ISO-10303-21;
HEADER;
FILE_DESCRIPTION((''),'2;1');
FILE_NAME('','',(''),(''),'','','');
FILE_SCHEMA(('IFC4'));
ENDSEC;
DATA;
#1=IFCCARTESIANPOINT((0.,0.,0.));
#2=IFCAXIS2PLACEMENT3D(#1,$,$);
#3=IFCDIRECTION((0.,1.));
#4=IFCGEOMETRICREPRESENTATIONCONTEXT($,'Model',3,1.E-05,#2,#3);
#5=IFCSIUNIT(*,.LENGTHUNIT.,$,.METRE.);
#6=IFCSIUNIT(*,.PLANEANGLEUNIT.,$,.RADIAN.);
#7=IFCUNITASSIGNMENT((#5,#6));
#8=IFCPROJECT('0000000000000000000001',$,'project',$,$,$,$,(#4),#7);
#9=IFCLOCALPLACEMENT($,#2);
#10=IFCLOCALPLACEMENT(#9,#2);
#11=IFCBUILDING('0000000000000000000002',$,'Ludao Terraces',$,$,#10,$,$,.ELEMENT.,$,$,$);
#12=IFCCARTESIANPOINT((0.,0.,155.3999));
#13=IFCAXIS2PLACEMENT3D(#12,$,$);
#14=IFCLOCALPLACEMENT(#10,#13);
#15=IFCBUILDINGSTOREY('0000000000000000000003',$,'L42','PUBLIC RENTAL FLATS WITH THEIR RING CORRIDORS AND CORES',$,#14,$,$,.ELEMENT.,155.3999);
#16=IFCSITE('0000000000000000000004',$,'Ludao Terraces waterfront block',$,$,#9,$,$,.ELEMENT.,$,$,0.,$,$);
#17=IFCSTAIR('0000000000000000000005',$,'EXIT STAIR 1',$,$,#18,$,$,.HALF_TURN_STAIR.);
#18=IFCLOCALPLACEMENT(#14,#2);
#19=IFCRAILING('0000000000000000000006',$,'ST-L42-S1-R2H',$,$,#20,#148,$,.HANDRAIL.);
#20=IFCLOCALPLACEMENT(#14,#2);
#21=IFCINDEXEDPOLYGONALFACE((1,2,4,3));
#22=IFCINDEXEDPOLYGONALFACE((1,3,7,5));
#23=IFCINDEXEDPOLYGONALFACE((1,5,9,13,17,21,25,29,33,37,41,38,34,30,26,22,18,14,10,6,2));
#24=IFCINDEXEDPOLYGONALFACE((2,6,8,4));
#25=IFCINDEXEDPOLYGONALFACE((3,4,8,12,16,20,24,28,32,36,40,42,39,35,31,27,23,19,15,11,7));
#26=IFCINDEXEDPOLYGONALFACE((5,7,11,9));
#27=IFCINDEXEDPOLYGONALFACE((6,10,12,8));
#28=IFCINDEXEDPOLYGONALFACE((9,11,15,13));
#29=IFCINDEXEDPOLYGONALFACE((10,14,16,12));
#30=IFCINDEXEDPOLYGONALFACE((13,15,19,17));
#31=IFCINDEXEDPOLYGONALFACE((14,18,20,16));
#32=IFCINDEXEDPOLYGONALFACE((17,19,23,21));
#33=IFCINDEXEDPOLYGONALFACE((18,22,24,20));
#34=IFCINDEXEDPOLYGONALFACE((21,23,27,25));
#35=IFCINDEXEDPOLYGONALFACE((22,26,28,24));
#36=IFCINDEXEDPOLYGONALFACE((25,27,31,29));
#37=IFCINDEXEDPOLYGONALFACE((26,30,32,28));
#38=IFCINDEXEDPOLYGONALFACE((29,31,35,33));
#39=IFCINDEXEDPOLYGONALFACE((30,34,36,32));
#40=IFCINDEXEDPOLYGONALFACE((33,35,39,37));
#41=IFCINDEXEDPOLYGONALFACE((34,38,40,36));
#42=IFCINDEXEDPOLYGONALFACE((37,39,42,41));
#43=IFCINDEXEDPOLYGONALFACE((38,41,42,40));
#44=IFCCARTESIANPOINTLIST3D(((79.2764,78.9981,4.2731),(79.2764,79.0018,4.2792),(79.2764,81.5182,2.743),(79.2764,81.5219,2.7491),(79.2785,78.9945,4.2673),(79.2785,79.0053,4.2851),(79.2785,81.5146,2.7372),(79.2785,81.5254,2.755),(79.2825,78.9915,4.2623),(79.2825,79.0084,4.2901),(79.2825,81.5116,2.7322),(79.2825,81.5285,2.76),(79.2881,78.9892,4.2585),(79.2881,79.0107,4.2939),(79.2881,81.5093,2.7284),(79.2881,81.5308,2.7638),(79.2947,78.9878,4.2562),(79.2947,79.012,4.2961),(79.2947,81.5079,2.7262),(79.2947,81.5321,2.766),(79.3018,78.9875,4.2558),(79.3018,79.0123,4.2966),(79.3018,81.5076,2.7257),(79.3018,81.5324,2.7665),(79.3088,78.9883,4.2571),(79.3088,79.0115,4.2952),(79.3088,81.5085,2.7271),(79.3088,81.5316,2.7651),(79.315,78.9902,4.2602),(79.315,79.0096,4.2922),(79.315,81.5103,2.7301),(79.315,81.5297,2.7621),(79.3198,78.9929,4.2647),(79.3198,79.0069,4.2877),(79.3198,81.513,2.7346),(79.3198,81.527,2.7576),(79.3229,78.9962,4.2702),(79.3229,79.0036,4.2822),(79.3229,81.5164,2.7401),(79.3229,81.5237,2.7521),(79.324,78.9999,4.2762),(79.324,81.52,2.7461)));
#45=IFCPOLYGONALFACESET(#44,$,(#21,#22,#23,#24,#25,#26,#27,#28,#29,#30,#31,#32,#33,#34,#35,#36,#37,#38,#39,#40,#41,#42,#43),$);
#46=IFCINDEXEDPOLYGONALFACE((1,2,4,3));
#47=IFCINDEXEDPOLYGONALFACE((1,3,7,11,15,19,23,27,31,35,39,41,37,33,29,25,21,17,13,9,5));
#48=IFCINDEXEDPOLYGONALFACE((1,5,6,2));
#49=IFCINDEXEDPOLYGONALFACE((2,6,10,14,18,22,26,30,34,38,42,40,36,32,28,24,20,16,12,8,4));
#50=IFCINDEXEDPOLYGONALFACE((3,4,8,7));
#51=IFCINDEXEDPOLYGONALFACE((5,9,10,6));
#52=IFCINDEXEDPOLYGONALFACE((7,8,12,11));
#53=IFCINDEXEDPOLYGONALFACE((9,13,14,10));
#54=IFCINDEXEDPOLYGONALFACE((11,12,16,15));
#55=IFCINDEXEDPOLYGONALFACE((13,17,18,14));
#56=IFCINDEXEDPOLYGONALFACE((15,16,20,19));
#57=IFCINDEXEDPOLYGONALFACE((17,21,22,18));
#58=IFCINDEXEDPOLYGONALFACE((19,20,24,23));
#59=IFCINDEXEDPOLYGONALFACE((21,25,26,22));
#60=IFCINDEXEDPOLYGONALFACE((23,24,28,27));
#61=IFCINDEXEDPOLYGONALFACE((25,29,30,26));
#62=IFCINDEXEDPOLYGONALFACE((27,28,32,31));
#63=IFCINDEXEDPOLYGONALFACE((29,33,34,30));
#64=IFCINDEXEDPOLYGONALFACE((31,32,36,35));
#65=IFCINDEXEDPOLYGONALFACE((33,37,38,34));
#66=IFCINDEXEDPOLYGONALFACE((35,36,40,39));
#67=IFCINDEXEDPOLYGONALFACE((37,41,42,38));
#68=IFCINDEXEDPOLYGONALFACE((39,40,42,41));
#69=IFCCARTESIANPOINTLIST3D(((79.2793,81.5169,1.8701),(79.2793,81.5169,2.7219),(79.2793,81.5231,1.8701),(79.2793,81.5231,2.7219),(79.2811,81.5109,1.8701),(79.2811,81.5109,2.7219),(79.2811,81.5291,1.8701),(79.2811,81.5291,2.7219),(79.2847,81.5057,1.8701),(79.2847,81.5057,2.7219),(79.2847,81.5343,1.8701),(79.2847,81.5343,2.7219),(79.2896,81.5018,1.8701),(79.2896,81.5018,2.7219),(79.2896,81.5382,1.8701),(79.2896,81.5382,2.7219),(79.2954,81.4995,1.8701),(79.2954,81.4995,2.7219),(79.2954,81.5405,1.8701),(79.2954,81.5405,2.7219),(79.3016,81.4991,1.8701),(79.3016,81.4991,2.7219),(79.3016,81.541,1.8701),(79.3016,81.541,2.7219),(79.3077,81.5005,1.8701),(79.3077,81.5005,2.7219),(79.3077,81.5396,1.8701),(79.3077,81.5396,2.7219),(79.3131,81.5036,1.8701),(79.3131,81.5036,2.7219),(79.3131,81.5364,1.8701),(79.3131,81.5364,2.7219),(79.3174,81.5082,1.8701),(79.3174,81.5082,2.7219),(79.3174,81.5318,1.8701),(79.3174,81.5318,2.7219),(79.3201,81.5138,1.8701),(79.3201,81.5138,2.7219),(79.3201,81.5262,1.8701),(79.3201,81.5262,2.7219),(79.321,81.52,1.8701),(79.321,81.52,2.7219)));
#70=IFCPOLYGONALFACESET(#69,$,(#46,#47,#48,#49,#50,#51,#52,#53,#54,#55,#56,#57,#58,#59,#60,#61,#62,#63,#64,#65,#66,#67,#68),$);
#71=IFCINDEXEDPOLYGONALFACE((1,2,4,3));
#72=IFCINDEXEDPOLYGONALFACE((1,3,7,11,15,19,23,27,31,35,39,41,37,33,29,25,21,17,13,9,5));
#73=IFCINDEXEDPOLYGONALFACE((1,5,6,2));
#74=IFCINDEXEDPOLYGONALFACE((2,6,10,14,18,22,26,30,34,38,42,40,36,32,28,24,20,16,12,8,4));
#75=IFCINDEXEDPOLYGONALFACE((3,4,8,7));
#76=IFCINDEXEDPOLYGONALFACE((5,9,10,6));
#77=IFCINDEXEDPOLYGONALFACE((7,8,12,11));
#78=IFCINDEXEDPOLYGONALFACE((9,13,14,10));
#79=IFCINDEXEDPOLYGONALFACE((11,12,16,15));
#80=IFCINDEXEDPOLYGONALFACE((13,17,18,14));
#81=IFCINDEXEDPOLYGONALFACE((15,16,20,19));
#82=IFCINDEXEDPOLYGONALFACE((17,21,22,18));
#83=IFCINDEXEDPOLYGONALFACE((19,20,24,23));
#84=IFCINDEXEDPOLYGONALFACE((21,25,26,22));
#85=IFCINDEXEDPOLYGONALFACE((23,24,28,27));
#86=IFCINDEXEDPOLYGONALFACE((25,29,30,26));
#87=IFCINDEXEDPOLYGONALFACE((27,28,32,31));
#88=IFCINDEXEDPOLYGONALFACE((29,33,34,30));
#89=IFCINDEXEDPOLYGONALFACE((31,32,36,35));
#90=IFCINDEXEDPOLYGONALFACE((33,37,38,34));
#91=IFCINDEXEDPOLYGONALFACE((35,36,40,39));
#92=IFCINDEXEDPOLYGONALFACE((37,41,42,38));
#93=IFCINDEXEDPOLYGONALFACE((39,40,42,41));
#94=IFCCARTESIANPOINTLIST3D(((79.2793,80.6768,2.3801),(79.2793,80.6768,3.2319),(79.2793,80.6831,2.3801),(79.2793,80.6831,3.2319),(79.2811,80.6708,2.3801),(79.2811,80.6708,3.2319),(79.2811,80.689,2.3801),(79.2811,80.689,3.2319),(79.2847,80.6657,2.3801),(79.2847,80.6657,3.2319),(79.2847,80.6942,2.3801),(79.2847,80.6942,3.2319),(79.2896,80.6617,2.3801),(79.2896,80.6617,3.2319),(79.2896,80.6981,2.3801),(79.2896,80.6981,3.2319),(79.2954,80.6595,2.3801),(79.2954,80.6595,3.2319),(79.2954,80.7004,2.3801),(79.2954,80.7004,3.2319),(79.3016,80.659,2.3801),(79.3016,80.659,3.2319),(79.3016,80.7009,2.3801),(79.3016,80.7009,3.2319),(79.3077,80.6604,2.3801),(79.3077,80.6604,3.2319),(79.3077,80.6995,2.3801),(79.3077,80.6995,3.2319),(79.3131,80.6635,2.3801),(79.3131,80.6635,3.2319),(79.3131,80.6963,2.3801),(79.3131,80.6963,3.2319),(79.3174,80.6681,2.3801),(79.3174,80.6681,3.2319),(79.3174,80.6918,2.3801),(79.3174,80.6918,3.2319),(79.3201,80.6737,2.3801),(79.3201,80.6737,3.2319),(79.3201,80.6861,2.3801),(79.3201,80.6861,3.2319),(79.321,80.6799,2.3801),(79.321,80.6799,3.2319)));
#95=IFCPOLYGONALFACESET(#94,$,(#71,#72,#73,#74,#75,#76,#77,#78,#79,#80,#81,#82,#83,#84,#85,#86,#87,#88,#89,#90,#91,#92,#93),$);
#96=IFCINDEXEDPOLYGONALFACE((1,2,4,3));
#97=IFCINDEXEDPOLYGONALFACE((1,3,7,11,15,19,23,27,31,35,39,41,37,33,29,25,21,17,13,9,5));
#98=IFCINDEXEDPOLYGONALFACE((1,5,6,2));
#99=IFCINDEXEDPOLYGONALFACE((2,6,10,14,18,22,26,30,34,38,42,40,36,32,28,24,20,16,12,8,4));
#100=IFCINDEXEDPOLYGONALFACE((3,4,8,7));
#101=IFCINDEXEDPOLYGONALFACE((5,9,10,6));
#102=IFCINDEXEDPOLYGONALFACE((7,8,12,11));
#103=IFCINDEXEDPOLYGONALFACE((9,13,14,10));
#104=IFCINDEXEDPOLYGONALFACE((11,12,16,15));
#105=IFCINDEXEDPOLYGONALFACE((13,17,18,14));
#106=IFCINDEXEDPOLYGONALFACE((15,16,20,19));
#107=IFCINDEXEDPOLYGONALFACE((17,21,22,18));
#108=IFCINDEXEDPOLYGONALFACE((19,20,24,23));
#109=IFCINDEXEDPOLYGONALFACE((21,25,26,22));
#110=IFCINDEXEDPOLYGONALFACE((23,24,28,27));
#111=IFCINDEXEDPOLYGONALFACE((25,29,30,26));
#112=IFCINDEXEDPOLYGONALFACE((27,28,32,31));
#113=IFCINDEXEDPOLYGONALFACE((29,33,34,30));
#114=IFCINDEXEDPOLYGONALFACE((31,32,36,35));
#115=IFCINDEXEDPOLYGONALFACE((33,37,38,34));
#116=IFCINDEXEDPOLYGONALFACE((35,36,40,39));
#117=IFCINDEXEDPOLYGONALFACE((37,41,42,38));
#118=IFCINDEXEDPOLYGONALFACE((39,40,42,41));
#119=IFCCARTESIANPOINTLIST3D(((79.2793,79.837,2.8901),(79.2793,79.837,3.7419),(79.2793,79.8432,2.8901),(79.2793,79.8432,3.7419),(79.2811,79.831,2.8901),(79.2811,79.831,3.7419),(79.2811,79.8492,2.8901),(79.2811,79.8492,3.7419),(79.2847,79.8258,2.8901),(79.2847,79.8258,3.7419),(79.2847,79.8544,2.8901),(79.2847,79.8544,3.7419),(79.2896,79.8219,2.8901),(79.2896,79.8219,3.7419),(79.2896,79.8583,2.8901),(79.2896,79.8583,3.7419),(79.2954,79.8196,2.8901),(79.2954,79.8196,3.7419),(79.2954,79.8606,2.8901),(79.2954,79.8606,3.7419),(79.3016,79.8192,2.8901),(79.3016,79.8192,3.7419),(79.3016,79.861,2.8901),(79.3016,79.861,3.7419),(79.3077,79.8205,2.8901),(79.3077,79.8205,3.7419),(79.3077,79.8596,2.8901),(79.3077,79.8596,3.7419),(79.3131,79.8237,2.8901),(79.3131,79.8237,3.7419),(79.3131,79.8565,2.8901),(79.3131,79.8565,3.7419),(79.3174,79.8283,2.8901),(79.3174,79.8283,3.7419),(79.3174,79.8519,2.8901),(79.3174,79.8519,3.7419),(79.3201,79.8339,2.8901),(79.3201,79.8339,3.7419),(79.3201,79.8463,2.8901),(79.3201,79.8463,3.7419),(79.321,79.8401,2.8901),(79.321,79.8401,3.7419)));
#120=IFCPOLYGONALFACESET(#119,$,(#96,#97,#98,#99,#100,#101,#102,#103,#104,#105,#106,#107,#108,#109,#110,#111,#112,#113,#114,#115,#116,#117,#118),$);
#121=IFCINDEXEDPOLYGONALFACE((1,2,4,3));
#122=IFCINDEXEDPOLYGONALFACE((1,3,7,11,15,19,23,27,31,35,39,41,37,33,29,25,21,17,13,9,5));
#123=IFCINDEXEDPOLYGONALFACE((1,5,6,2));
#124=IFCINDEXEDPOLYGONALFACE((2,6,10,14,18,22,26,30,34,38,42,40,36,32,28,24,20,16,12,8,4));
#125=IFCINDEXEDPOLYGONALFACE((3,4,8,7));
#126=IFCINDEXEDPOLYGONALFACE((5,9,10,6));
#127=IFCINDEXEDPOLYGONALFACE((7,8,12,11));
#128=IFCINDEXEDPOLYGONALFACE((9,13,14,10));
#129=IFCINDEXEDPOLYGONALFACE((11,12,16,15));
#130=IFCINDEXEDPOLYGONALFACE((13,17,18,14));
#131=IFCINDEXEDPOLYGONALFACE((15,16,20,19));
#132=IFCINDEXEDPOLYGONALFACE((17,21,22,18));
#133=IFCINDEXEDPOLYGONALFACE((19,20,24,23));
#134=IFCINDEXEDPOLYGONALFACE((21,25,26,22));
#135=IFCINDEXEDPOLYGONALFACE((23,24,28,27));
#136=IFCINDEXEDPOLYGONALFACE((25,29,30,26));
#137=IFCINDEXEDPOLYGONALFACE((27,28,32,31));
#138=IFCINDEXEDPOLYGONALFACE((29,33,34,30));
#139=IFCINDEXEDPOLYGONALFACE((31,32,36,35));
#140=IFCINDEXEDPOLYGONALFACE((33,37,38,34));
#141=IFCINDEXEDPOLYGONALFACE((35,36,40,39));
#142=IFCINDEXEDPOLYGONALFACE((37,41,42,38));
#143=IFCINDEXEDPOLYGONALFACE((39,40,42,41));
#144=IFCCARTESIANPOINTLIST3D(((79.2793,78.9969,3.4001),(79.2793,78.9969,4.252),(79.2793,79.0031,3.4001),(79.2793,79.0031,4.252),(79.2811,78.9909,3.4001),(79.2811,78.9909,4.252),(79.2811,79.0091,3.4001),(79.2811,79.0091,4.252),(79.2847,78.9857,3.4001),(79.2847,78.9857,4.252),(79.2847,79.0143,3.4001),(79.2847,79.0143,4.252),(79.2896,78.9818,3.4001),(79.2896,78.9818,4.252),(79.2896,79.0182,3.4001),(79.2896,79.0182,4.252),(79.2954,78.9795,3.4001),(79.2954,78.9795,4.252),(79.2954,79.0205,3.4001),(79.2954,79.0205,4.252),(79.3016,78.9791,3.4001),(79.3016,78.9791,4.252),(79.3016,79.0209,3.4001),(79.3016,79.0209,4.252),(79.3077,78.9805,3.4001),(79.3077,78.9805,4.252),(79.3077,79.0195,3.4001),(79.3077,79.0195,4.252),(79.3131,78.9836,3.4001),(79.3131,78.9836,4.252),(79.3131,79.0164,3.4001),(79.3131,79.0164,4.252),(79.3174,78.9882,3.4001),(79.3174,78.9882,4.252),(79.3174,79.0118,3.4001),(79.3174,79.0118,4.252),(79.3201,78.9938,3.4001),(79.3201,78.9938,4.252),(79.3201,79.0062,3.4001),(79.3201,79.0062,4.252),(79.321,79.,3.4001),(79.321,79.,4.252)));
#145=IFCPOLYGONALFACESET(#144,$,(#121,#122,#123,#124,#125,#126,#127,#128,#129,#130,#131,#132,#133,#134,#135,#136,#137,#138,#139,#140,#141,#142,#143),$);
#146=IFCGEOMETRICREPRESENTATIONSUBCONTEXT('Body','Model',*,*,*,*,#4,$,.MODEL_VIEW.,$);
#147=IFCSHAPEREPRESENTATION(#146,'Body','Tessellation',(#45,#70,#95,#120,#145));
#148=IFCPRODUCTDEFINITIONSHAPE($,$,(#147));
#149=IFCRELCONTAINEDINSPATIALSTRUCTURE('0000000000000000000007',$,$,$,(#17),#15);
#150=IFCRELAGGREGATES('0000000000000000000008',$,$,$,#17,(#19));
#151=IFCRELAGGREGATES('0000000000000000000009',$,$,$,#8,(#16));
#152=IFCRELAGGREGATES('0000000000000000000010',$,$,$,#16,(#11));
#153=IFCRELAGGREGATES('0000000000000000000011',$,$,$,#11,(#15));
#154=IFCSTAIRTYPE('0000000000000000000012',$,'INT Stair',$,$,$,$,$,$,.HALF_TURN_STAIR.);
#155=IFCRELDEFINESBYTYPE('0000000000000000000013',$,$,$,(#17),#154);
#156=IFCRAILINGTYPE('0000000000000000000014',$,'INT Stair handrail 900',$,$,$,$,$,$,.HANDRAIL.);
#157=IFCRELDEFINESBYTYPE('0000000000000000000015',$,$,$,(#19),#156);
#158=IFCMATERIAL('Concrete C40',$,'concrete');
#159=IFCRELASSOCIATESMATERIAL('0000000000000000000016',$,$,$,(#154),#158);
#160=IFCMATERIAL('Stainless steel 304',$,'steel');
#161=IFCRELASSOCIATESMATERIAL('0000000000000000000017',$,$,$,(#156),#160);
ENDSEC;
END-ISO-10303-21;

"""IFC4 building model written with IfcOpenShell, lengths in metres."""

from ifc_helpers import new_model, si_unit, direction, frame, origin, origin_2d, place, context, subcontext, project, spatial, circle, extrude, material, type_object, element, aggregate, save


model = new_model("IFC4")

# Units and contexts
model_context = context("Model", 3, precision=1e-05, world=origin(), true_north=direction((0.0, 1.0)))
body_context = subcontext(model_context, "Body", "Model", "MODEL_VIEW")
ifc_project = project(units=[si_unit("LENGTHUNIT", "METRE"), si_unit("PLANEANGLEUNIT", "RADIAN")], contexts=[model_context])

# Site, building, storey
site_placement = place(None, origin())
site = spatial("IfcSite", under=ifc_project, at=site_placement, Name="Ludao Terraces waterfront block", CompositionType="ELEMENT", RefElevation=0.0)
building_placement = place(site_placement, origin())
building = spatial("IfcBuilding", under=site, at=building_placement, Name="Ludao Terraces", CompositionType="ELEMENT")
storey_placement = place(building_placement, frame((0.0, 0.0, 155.3999)))
storey = spatial("IfcBuildingStorey", under=building, at=storey_placement, Name="L42", Description="PUBLIC RENTAL FLATS WITH THEIR RING CORRIDORS AND CORES", CompositionType="ELEMENT", Elevation=155.3999)

# Shared definitions
ifc_material_1 = material(Name="Stainless steel 304", Category="steel")

# Stair, railing
ifc_material_2 = material(Name="Concrete C40", Category="concrete")
stair_type = type_object("IfcStairType", Name="INT Stair", PredefinedType="HALF_TURN_STAIR", material=ifc_material_2)
stair_placement = place(storey_placement, origin())
stair = element("IfcStair", 1, at=stair_placement, inside=storey, type_object=stair_type, Name="EXIT STAIR 1", PredefinedType="HALF_TURN_STAIR")
railing_type_1 = type_object("IfcRailingType", Name="INT Stair handrail 900", PredefinedType="HANDRAIL", material=ifc_material_1)
railing_1_placement = place(storey_placement, frame((79.3, 81.52, 1.8701)))
railing_1 = element("IfcRailing", 2, at=railing_1_placement, type_object=railing_type_1, Name="ST-L42-S1-R2H", PredefinedType="HANDRAIL", context=body_context, shape_type="SweptSolid", body=[
    extrude(circle(Radius=0.0239, at=origin_2d()), frame((0.0, 0.0, 0.876), z_axis=(0.0, -0.854785, 0.518982), x_axis=(1.0, 0.0, 0.0)), (0.0, 0.0, 1.0), 2.9482),
    extrude(circle(Radius=0.021, at=origin_2d()), origin(), (0.0, 0.0, 1.0), 0.8518),
    extrude(circle(Radius=0.021, at=origin_2d()), frame((0.0, -0.8401, 0.51)), (0.0, 0.0, 1.0), 0.8518),
    extrude(circle(Radius=0.021, at=origin_2d()), frame((0.0, -1.6799, 1.02)), (0.0, 0.0, 1.0), 0.8518),
    extrude(circle(Radius=0.021, at=origin_2d()), frame((0.0, -2.52, 1.53)), (0.0, 0.0, 1.0), 0.8518),
])
aggregate(stair, [railing_1])

save(model, "model.ifc")
